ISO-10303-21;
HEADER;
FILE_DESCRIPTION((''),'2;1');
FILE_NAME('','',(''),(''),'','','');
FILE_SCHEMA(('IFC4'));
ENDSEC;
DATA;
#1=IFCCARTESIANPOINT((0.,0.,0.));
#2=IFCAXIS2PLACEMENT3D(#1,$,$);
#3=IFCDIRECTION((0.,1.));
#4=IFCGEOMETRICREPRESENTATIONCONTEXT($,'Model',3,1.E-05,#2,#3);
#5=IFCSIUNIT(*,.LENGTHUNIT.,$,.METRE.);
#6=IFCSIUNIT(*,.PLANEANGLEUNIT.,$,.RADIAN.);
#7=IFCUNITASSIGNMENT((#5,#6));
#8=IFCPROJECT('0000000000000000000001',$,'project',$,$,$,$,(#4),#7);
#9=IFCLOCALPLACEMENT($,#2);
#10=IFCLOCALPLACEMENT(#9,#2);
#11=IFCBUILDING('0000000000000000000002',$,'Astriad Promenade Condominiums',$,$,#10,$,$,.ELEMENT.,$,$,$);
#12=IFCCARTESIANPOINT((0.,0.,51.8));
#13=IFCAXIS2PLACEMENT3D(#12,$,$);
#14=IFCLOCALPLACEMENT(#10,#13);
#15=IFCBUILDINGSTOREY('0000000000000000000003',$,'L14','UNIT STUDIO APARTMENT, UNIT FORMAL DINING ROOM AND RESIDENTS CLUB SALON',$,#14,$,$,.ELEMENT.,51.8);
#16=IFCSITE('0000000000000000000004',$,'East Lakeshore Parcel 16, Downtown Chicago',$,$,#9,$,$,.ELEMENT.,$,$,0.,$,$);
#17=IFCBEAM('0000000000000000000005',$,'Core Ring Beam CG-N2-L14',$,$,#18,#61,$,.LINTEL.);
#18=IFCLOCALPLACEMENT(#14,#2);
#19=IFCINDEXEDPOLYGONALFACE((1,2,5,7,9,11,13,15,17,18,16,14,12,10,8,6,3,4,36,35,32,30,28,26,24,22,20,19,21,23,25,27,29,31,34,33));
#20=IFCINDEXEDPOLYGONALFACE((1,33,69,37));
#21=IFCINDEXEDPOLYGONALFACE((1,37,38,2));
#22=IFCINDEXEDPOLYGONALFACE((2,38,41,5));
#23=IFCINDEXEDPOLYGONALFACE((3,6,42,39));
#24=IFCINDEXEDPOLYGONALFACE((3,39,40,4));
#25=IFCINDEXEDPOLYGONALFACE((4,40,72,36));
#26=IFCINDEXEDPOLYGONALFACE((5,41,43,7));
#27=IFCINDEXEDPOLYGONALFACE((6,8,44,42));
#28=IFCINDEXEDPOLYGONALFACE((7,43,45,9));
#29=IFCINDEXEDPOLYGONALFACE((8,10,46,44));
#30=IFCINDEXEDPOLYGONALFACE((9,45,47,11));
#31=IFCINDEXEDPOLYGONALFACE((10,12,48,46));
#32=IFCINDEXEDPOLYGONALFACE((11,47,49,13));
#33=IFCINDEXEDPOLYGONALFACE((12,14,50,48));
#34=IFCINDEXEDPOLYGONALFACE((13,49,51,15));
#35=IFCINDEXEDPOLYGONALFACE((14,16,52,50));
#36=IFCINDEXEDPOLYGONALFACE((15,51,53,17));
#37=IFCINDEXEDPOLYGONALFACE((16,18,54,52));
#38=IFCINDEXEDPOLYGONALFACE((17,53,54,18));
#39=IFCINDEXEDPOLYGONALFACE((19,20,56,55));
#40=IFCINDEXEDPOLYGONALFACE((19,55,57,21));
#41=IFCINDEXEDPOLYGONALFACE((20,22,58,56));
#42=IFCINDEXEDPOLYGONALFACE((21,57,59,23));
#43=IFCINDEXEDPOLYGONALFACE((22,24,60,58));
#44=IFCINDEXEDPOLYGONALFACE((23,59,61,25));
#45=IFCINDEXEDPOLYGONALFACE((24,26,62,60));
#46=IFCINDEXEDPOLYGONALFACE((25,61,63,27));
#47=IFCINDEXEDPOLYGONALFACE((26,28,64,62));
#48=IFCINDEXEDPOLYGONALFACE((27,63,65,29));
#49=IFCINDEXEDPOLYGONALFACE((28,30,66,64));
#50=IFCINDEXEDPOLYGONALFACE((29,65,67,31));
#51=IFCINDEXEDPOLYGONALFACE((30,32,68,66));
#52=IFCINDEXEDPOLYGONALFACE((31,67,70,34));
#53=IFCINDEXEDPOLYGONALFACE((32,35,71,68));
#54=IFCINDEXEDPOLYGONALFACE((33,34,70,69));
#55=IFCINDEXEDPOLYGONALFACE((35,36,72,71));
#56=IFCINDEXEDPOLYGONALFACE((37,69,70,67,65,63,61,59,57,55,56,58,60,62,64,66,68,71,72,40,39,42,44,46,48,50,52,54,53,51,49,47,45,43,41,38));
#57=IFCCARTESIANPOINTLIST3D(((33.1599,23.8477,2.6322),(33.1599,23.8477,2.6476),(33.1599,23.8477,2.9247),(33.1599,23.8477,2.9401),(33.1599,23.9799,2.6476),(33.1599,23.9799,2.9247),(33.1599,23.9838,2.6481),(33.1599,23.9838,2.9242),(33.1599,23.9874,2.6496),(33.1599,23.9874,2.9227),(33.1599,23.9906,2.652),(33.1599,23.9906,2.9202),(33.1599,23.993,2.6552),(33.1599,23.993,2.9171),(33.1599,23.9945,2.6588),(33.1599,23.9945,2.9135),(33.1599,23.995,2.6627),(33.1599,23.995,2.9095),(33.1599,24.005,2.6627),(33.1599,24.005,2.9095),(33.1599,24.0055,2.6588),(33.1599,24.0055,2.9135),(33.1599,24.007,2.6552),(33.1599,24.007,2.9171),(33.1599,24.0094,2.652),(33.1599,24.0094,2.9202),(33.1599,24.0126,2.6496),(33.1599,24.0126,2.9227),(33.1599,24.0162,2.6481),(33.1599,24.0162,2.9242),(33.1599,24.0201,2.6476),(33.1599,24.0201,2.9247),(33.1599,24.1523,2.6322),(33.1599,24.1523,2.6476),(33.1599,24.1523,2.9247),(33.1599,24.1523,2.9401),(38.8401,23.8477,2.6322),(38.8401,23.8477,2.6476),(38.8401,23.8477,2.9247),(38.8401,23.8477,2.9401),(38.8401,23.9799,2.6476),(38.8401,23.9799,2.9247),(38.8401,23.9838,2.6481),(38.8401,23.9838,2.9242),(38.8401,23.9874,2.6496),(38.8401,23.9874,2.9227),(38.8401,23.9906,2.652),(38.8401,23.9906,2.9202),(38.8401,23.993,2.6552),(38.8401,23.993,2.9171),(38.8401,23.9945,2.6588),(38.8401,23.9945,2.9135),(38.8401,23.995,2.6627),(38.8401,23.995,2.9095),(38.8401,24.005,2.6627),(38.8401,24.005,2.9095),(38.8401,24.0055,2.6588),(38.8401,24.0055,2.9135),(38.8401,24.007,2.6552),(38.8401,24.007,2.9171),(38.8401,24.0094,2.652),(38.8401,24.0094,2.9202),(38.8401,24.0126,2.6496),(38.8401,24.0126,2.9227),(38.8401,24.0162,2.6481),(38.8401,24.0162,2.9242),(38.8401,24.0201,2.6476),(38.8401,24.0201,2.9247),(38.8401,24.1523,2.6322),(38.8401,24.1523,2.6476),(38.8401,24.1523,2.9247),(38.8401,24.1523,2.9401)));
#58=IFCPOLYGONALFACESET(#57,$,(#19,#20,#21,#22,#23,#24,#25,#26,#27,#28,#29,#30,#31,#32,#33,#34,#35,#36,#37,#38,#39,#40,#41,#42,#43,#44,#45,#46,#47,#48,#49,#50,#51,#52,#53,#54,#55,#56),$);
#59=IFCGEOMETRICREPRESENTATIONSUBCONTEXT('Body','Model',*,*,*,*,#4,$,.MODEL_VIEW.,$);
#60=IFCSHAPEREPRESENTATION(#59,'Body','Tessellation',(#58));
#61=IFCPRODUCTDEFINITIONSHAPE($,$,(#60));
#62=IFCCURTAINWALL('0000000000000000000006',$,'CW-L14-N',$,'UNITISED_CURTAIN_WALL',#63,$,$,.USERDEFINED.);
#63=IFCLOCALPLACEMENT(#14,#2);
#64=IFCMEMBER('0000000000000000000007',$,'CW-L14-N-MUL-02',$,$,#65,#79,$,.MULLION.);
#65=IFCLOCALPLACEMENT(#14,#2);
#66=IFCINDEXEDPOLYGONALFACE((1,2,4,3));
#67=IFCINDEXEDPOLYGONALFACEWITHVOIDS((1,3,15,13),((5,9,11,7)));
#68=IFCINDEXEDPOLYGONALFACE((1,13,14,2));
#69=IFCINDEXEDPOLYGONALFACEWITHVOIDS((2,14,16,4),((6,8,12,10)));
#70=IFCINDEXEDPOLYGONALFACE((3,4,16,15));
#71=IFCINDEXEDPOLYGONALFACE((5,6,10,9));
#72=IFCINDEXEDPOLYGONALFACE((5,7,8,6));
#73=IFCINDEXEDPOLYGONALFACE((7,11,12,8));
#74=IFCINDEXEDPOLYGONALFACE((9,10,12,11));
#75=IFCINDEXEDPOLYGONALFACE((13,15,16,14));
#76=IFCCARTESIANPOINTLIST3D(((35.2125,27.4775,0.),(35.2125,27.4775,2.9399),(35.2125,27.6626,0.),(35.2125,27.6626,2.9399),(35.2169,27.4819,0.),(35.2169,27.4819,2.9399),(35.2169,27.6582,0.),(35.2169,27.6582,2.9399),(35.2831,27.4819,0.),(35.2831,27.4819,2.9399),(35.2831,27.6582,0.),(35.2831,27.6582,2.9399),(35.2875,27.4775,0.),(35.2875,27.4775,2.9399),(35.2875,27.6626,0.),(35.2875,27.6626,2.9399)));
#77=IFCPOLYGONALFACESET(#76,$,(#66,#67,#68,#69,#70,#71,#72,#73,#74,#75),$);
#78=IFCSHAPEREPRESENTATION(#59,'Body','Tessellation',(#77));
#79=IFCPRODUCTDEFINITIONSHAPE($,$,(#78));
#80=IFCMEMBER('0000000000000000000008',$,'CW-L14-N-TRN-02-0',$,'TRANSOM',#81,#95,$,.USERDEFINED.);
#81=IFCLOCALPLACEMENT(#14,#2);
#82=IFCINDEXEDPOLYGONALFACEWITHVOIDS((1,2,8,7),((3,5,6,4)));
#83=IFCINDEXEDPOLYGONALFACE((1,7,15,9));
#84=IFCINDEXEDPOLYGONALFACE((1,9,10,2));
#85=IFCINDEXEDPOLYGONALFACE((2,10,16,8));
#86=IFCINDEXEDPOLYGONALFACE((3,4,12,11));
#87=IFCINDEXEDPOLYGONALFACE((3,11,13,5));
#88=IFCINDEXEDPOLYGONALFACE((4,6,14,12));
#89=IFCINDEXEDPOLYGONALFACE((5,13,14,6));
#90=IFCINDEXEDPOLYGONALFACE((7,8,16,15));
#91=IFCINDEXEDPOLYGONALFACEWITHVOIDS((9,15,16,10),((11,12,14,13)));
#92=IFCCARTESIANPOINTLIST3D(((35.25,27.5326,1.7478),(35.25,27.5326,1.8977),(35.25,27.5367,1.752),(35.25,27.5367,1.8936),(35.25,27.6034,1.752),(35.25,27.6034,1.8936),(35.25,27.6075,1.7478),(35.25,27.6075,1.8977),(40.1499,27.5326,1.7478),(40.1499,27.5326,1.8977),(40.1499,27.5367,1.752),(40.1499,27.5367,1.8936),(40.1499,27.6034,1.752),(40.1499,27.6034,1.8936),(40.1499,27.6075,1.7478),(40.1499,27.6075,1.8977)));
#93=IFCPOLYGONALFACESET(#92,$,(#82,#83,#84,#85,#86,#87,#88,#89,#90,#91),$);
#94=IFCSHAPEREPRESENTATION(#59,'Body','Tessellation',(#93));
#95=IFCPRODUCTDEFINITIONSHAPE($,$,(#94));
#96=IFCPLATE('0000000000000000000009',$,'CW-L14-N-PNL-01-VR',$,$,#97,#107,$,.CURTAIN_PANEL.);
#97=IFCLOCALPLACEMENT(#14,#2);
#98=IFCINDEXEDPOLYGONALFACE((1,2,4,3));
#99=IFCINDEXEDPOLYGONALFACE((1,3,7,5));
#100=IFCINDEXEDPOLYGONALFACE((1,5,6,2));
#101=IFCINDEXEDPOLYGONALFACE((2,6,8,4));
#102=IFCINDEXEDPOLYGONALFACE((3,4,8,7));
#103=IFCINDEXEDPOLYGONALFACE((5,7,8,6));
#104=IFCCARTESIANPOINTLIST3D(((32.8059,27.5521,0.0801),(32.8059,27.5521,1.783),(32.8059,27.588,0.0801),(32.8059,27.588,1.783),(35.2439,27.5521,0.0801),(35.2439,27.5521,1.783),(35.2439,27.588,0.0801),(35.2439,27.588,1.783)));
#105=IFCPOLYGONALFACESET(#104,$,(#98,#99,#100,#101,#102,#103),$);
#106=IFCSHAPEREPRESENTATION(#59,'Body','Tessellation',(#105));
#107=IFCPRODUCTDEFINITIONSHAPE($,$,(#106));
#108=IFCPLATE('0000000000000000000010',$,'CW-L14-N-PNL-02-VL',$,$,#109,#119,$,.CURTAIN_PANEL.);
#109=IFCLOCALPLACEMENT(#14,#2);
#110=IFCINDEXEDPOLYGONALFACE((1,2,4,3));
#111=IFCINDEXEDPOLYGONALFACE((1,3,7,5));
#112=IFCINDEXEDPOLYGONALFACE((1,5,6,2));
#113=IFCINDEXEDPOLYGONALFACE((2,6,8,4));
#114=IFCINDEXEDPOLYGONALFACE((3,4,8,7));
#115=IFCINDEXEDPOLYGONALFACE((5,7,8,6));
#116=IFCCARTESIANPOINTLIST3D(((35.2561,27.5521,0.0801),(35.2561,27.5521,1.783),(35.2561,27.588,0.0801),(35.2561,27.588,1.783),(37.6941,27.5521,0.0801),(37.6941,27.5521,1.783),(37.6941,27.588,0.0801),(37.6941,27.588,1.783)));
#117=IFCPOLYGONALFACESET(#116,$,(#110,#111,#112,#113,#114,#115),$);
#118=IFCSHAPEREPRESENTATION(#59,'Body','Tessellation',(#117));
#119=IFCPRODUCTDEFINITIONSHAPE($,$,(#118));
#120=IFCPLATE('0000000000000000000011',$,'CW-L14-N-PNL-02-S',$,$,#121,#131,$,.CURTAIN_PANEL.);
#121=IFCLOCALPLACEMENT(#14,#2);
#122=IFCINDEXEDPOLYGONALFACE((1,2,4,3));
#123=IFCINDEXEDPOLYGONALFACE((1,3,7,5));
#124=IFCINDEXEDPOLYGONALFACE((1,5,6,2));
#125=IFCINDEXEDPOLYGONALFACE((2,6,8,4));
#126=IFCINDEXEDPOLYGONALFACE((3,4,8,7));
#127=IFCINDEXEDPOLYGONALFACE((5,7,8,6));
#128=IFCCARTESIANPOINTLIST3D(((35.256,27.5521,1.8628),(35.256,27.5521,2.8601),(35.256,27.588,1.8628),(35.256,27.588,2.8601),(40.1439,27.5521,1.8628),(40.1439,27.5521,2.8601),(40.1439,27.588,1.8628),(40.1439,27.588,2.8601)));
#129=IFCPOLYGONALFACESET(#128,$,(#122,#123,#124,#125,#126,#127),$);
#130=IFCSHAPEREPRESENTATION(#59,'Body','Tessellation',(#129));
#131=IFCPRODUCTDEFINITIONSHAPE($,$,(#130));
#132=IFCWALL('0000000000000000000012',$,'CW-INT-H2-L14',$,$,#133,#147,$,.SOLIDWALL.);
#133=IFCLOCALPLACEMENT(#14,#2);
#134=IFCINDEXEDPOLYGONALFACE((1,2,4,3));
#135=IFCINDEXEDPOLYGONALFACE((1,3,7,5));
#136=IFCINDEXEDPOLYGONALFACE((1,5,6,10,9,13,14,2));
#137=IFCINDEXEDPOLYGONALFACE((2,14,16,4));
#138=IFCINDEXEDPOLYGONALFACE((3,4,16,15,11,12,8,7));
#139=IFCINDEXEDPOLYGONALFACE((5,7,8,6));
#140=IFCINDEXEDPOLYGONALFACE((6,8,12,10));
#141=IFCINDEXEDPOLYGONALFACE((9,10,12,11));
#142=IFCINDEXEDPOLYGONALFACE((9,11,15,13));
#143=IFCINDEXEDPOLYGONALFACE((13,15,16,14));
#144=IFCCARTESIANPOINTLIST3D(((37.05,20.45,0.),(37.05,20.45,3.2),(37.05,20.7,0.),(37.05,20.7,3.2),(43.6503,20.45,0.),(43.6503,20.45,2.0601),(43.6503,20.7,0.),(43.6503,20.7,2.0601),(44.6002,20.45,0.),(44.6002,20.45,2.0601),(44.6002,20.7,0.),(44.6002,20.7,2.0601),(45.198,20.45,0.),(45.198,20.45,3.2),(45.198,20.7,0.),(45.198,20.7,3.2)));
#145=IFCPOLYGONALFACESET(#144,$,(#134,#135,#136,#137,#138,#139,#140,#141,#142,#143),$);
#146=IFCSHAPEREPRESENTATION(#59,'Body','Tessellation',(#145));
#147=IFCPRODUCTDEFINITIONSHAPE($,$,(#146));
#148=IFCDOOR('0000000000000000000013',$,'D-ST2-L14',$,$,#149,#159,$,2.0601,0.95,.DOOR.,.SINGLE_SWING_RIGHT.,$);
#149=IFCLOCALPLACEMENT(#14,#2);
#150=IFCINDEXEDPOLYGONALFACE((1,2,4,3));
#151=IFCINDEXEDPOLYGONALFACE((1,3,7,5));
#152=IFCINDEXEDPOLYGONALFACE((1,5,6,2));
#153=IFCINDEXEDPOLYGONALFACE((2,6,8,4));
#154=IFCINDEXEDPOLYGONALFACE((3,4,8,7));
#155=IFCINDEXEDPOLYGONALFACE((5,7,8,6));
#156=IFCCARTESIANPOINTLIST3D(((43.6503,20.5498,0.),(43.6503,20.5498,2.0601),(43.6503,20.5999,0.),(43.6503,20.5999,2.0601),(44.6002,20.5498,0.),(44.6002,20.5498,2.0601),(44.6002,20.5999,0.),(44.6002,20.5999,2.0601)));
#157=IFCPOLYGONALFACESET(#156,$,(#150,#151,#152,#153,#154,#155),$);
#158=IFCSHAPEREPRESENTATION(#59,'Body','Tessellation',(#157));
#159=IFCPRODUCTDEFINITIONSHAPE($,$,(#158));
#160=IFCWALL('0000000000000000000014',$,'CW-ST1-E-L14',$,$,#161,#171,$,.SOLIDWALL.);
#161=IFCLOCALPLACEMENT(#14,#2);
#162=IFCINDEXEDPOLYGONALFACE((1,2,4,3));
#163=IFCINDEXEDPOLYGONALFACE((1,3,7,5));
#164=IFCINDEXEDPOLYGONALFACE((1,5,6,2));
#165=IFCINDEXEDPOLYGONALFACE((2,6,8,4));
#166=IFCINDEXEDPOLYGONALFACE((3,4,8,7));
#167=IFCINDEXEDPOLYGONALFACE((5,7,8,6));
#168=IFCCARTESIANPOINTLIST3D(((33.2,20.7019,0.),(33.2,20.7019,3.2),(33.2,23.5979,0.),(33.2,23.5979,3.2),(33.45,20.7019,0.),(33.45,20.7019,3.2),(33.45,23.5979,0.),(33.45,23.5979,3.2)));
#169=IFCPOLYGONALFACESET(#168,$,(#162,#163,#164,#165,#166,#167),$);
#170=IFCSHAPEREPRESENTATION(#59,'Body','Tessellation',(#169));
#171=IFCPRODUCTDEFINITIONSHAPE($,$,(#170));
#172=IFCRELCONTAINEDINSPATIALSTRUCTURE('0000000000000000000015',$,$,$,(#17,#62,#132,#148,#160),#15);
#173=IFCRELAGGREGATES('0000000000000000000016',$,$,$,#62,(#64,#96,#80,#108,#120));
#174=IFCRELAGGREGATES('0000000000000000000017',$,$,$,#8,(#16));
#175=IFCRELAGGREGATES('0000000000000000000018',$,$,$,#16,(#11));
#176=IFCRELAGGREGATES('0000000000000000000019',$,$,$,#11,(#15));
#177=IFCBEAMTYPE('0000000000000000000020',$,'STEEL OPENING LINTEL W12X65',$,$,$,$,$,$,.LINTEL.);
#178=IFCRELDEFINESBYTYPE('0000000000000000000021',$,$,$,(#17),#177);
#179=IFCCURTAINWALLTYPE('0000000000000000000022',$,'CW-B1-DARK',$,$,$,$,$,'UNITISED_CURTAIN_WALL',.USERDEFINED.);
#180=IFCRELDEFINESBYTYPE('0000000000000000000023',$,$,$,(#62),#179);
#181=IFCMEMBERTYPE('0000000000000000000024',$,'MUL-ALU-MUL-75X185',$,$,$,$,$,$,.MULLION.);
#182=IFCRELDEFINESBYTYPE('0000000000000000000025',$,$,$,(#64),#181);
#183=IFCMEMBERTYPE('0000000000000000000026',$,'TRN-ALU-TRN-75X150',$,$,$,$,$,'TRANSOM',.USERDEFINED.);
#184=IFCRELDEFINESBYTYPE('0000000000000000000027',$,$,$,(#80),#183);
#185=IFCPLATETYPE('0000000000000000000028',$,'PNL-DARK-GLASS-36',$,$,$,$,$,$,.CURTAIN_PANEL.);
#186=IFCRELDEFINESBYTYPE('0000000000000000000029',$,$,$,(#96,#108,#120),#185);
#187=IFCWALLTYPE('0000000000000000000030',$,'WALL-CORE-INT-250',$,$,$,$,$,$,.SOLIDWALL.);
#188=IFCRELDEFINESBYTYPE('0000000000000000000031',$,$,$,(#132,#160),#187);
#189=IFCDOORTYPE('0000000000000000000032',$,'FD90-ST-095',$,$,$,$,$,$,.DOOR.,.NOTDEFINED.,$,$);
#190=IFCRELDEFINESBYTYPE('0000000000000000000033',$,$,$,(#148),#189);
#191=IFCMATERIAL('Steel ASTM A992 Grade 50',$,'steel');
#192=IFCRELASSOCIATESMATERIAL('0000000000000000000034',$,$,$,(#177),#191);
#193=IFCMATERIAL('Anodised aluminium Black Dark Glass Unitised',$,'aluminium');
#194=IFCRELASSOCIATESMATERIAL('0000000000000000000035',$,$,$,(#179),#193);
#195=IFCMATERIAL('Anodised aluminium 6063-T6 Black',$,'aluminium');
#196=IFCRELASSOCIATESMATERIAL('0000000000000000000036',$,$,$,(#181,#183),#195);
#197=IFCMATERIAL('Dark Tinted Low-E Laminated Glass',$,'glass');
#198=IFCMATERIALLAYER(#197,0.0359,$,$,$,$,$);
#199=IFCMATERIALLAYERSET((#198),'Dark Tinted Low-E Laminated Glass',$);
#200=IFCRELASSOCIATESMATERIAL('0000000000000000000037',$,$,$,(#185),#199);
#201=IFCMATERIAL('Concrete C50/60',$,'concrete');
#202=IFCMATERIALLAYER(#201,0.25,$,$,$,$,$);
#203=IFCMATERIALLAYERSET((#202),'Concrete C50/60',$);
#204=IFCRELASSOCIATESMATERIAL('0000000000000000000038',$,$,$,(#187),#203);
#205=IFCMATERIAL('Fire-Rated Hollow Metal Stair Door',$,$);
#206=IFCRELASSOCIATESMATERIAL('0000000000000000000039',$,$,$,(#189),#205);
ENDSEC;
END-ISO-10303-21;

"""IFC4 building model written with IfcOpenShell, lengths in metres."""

from ifc_helpers import new_model, si_unit, direction, frame, frame_2d, origin, origin_2d, place, context, subcontext, project, spatial, rectangle, hollow_rectangle, i_section, extrude, source, transform, mapped, material, layer, layer_set, material_profile, profile_set, type_object, type_shapes, element, fill, aggregate, save


model = new_model("IFC4")

# Units and contexts
model_context = context("Model", 3, precision=1e-05, world=origin(), true_north=direction((0.0, 1.0)))
body_context = subcontext(model_context, "Body", "Model", "MODEL_VIEW")
ifc_project = project(units=[si_unit("LENGTHUNIT", "METRE"), si_unit("PLANEANGLEUNIT", "RADIAN")], contexts=[model_context])

# Site, building, storey
site_placement = place(None, origin())
site = spatial("IfcSite", under=ifc_project, at=site_placement, Name="East Lakeshore Parcel 16, Downtown Chicago", CompositionType="ELEMENT", RefElevation=0.0)
building_placement = place(site_placement, origin())
building = spatial("IfcBuilding", under=site, at=building_placement, Name="Astriad Promenade Condominiums", CompositionType="ELEMENT")
storey_placement = place(building_placement, frame((0.0, 0.0, 51.8)))
storey = spatial("IfcBuildingStorey", under=building, at=storey_placement, Name="L14", Description="UNIT STUDIO APARTMENT, UNIT FORMAL DINING ROOM AND RESIDENTS CLUB SALON", CompositionType="ELEMENT", Elevation=51.8)

# Shared definitions
ifc_material_1 = material(Name="Steel ASTM A992 Grade 50", Category="steel")

# Beam
ifc_material_profile_1 = material_profile(ifc_material_1, i_section(OverallWidth=0.3047, OverallDepth=0.3079, WebThickness=0.01, FlangeThickness=0.0154, FilletRadius=0.0151, at=origin_2d()), Name="W12X65")
ifc_profile_set_1 = profile_set([ifc_material_profile_1], Name="Steel ASTM A992 Grade 50")
beam_type_1 = type_object("IfcBeamType", Name="STEEL OPENING LINTEL W12X65", PredefinedType="LINTEL", material=ifc_profile_set_1)
shared_shape_1 = source(origin(), body_context, "Body", "SweptSolid", [
    extrude(i_section(OverallWidth=0.3047, OverallDepth=0.3079, WebThickness=0.01, FlangeThickness=0.0154, FilletRadius=0.0151, at=origin_2d()), origin(), (0.0, 0.0, 1.0), 5.6802),
])
type_shapes(beam_type_1, [shared_shape_1])
beam_1_placement = place(storey_placement, frame((33.1599, 24.0, 2.7861), z_axis=(1.0, 0.0, 0.0), x_axis=(0.0, 1.0, 0.0)))
element("IfcBeam", 1, at=beam_1_placement, inside=storey, type_object=beam_type_1, Name="Core Ring Beam CG-N2-L14", PredefinedType="LINTEL", context=body_context, shape_type="MappedRepresentation", body=[
    mapped(shared_shape_1, transform((0.0, 0.0, 0.0), scale=1.0)),
])

# Curtain wall, members, plates
ifc_material_2 = material(Name="Anodised aluminium Black Dark Glass Unitised", Category="aluminium")
curtain_wall_type = type_object("IfcCurtainWallType", Name="CW-B1-DARK", ElementType="UNITISED_CURTAIN_WALL", PredefinedType="USERDEFINED", material=ifc_material_2)
curtain_wall_placement = place(storey_placement, origin())
curtain_wall = element("IfcCurtainWall", 2, at=curtain_wall_placement, inside=storey, type_object=curtain_wall_type, Name="CW-L14-N", ObjectType="UNITISED_CURTAIN_WALL", PredefinedType="USERDEFINED")
ifc_material_3 = material(Name="Anodised aluminium 6063-T6 Black", Category="aluminium")
ifc_material_profile_2 = material_profile(ifc_material_3, hollow_rectangle(XDim=0.075, YDim=0.1851, WallThickness=0.0044, at=origin_2d()), Name="ALU-MUL-75X185")
ifc_profile_set_2 = profile_set([ifc_material_profile_2], Name="Anodised aluminium 6063-T6 Black")
member_type_1 = type_object("IfcMemberType", Name="MUL-ALU-MUL-75X185", PredefinedType="MULLION", material=ifc_profile_set_2)
shared_shape_2 = source(origin(), body_context, "Body", "SweptSolid", [
    extrude(hollow_rectangle(XDim=0.075, YDim=0.1851, WallThickness=0.0044, at=origin_2d()), origin(), (0.0, 0.0, 1.0), 2.9399),
])
type_shapes(member_type_1, [shared_shape_2])
member_1_placement = place(storey_placement, frame((35.25, 27.5701, 0.0), z_axis=(0.0, 0.0, 1.0), x_axis=(1.0, 0.0, 0.0)))
member_1 = element("IfcMember", 3, at=member_1_placement, type_object=member_type_1, Name="CW-L14-N-MUL-02", PredefinedType="MULLION", context=body_context, shape_type="MappedRepresentation", body=[
    mapped(shared_shape_2, transform((0.0, 0.0, 0.0), scale=1.0)),
])
ifc_material_profile_3 = material_profile(ifc_material_3, hollow_rectangle(XDim=0.075, YDim=0.1499, WallThickness=0.0042, at=origin_2d()), Name="ALU-TRN-75X150")
ifc_profile_set_3 = profile_set([ifc_material_profile_3], Name="Anodised aluminium 6063-T6 Black")
member_type_2 = type_object("IfcMemberType", Name="TRN-ALU-TRN-75X150", ElementType="TRANSOM", PredefinedType="USERDEFINED", material=ifc_profile_set_3)
shared_shape_3 = source(origin(), body_context, "Body", "SweptSolid", [
    extrude(hollow_rectangle(XDim=0.075, YDim=0.1499, WallThickness=0.0042, at=origin_2d()), origin(), (0.0, 0.0, 1.0), 4.8999),
])
type_shapes(member_type_2, [shared_shape_3])
member_2_placement = place(storey_placement, frame((35.25, 27.5701, 1.8228), z_axis=(1.0, 0.0, 0.0), x_axis=(0.0, 1.0, 0.0)))
member_2 = element("IfcMember", 4, at=member_2_placement, type_object=member_type_2, Name="CW-L14-N-TRN-02-0", ObjectType="TRANSOM", PredefinedType="USERDEFINED", context=body_context, shape_type="MappedRepresentation", body=[
    mapped(shared_shape_3, transform((0.0, 0.0, 0.0), scale=1.0)),
])
ifc_material_4 = material(Name="Dark Tinted Low-E Laminated Glass", Category="glass")
ifc_layer_1 = layer(ifc_material_4, 0.0359)
ifc_layer_set_1 = layer_set([ifc_layer_1], Name="Dark Tinted Low-E Laminated Glass")
plate_type = type_object("IfcPlateType", Name="PNL-DARK-GLASS-36", PredefinedType="CURTAIN_PANEL", material=ifc_layer_set_1)
shared_shape_4 = source(origin(), body_context, "Body", "SweptSolid", [
    extrude(rectangle(XDim=2.438, YDim=0.0359, at=origin_2d()), origin(), (0.0, 0.0, 1.0), 1.7029),
])
plate_1_placement = place(storey_placement, frame((34.0249, 27.5701, 0.0801), z_axis=(0.0, 0.0, 1.0), x_axis=(1.0, 0.0, 0.0)))
plate_1 = element("IfcPlate", 5, at=plate_1_placement, type_object=plate_type, Name="CW-L14-N-PNL-01-VR", PredefinedType="CURTAIN_PANEL", context=body_context, shape_type="MappedRepresentation", body=[
    mapped(shared_shape_4, transform((0.0, 0.0, 0.0), scale=1.0)),
])
plate_2_placement = place(storey_placement, frame((36.4751, 27.5701, 0.0801), z_axis=(0.0, 0.0, 1.0), x_axis=(1.0, 0.0, 0.0)))
plate_2 = element("IfcPlate", 6, at=plate_2_placement, type_object=plate_type, Name="CW-L14-N-PNL-02-VL", PredefinedType="CURTAIN_PANEL", context=body_context, shape_type="MappedRepresentation", body=[
    mapped(shared_shape_4, transform((0.0, 0.0, 0.0), scale=1.0)),
])
shared_shape_5 = source(origin(), body_context, "Body", "SweptSolid", [
    extrude(rectangle(XDim=4.8879, YDim=0.0359, at=origin_2d()), origin(), (0.0, 0.0, 1.0), 0.9973),
])
type_shapes(plate_type, [shared_shape_4, shared_shape_5])
plate_3_placement = place(storey_placement, frame((37.7, 27.5701, 1.8628), z_axis=(0.0, 0.0, 1.0), x_axis=(1.0, 0.0, 0.0)))
plate_3 = element("IfcPlate", 7, at=plate_3_placement, type_object=plate_type, Name="CW-L14-N-PNL-02-S", PredefinedType="CURTAIN_PANEL", context=body_context, shape_type="MappedRepresentation", body=[
    mapped(shared_shape_5, transform((0.0, 0.0, 0.0), scale=1.0)),
])
aggregate(curtain_wall, [member_1, plate_1, member_2, plate_2, plate_3])

# Wall, opening, door
ifc_material_5 = material(Name="Concrete C50/60", Category="concrete")
ifc_layer_2 = layer(ifc_material_5, 0.25)
ifc_layer_set_2 = layer_set([ifc_layer_2], Name="Concrete C50/60")
wall_type_1 = type_object("IfcWallType", Name="WALL-CORE-INT-250", PredefinedType="SOLIDWALL", material=ifc_layer_set_2)
wall_1_placement = place(storey_placement, frame((37.05, 20.575, 0.0), z_axis=(0.0, 0.0, 1.0), x_axis=(1.0, 0.0, 0.0)))
wall_1 = element("IfcWall", 8, at=wall_1_placement, inside=storey, type_object=wall_type_1, Name="CW-INT-H2-L14", PredefinedType="SOLIDWALL", context=body_context, shape_type="SweptSolid", body=[
    extrude(rectangle(XDim=8.1479, YDim=0.25, at=frame_2d((4.074, 0.0))), origin(), (0.0, 0.0, 1.0), 3.2),
])
opening_1_placement = place(wall_1_placement, frame((6.6001, 0.0, 0.0)))
opening_1 = element("IfcOpeningElement", 9, at=opening_1_placement, cuts=wall_1, PredefinedType="OPENING", context=body_context, shape_type="SweptSolid", body=[
    extrude(rectangle(XDim=0.95, YDim=2.0601, at=frame_2d((0.4751, 1.03))), frame((0.0, 0.135, 0.0), z_axis=(0.0, -1.0, 0.0), x_axis=(1.0, 0.0, 0.0)), (0.0, 0.0, 1.0), 0.27),
])
ifc_material_6 = material(Name="Fire-Rated Hollow Metal Stair Door")
door_type_1 = type_object("IfcDoorType", Name="FD90-ST-095", OperationType="NOTDEFINED", PredefinedType="DOOR", material=ifc_material_6)
shared_shape_6 = source(origin(), body_context, "Body", "SweptSolid", [
    extrude(rectangle(XDim=0.95, YDim=2.0601, at=frame_2d((0.4751, 1.03))), frame((0.0, 0.0249, 0.0), z_axis=(0.0, -1.0, 0.0), x_axis=(1.0, 0.0, 0.0)), (0.0, 0.0, 1.0), 0.05),
])
type_shapes(door_type_1, [shared_shape_6])
door_1_placement = place(opening_1_placement, origin())
door_1 = element("IfcDoor", 10, at=door_1_placement, inside=storey, type_object=door_type_1, Name="D-ST2-L14", OperationType="SINGLE_SWING_RIGHT", OverallHeight=2.0601, OverallWidth=0.95, PredefinedType="DOOR", context=body_context, shape_type="MappedRepresentation", body=[
    mapped(shared_shape_6, transform((0.0, 0.0, 0.0), scale=1.0)),
])
fill(opening_1, door_1)

# Wall
for number, where, z_axis, x_axis, name in (
    (11, (33.325, 20.7019, 0.0), (0.0, 0.0, 1.0), (0.0, 1.0, 0.0), "CW-ST1-E-L14"),
):
    element("IfcWall", number, at=place(storey_placement, frame(where, z_axis=z_axis, x_axis=x_axis)), inside=storey, type_object=wall_type_1, Name=name, PredefinedType="SOLIDWALL", context=body_context, shape_type="SweptSolid", body=[
        extrude(rectangle(XDim=2.896, YDim=0.25, at=frame_2d((1.448, 0.0))), origin(), (0.0, 0.0, 1.0), 3.2),
    ])

save(model, "model.ifc")
